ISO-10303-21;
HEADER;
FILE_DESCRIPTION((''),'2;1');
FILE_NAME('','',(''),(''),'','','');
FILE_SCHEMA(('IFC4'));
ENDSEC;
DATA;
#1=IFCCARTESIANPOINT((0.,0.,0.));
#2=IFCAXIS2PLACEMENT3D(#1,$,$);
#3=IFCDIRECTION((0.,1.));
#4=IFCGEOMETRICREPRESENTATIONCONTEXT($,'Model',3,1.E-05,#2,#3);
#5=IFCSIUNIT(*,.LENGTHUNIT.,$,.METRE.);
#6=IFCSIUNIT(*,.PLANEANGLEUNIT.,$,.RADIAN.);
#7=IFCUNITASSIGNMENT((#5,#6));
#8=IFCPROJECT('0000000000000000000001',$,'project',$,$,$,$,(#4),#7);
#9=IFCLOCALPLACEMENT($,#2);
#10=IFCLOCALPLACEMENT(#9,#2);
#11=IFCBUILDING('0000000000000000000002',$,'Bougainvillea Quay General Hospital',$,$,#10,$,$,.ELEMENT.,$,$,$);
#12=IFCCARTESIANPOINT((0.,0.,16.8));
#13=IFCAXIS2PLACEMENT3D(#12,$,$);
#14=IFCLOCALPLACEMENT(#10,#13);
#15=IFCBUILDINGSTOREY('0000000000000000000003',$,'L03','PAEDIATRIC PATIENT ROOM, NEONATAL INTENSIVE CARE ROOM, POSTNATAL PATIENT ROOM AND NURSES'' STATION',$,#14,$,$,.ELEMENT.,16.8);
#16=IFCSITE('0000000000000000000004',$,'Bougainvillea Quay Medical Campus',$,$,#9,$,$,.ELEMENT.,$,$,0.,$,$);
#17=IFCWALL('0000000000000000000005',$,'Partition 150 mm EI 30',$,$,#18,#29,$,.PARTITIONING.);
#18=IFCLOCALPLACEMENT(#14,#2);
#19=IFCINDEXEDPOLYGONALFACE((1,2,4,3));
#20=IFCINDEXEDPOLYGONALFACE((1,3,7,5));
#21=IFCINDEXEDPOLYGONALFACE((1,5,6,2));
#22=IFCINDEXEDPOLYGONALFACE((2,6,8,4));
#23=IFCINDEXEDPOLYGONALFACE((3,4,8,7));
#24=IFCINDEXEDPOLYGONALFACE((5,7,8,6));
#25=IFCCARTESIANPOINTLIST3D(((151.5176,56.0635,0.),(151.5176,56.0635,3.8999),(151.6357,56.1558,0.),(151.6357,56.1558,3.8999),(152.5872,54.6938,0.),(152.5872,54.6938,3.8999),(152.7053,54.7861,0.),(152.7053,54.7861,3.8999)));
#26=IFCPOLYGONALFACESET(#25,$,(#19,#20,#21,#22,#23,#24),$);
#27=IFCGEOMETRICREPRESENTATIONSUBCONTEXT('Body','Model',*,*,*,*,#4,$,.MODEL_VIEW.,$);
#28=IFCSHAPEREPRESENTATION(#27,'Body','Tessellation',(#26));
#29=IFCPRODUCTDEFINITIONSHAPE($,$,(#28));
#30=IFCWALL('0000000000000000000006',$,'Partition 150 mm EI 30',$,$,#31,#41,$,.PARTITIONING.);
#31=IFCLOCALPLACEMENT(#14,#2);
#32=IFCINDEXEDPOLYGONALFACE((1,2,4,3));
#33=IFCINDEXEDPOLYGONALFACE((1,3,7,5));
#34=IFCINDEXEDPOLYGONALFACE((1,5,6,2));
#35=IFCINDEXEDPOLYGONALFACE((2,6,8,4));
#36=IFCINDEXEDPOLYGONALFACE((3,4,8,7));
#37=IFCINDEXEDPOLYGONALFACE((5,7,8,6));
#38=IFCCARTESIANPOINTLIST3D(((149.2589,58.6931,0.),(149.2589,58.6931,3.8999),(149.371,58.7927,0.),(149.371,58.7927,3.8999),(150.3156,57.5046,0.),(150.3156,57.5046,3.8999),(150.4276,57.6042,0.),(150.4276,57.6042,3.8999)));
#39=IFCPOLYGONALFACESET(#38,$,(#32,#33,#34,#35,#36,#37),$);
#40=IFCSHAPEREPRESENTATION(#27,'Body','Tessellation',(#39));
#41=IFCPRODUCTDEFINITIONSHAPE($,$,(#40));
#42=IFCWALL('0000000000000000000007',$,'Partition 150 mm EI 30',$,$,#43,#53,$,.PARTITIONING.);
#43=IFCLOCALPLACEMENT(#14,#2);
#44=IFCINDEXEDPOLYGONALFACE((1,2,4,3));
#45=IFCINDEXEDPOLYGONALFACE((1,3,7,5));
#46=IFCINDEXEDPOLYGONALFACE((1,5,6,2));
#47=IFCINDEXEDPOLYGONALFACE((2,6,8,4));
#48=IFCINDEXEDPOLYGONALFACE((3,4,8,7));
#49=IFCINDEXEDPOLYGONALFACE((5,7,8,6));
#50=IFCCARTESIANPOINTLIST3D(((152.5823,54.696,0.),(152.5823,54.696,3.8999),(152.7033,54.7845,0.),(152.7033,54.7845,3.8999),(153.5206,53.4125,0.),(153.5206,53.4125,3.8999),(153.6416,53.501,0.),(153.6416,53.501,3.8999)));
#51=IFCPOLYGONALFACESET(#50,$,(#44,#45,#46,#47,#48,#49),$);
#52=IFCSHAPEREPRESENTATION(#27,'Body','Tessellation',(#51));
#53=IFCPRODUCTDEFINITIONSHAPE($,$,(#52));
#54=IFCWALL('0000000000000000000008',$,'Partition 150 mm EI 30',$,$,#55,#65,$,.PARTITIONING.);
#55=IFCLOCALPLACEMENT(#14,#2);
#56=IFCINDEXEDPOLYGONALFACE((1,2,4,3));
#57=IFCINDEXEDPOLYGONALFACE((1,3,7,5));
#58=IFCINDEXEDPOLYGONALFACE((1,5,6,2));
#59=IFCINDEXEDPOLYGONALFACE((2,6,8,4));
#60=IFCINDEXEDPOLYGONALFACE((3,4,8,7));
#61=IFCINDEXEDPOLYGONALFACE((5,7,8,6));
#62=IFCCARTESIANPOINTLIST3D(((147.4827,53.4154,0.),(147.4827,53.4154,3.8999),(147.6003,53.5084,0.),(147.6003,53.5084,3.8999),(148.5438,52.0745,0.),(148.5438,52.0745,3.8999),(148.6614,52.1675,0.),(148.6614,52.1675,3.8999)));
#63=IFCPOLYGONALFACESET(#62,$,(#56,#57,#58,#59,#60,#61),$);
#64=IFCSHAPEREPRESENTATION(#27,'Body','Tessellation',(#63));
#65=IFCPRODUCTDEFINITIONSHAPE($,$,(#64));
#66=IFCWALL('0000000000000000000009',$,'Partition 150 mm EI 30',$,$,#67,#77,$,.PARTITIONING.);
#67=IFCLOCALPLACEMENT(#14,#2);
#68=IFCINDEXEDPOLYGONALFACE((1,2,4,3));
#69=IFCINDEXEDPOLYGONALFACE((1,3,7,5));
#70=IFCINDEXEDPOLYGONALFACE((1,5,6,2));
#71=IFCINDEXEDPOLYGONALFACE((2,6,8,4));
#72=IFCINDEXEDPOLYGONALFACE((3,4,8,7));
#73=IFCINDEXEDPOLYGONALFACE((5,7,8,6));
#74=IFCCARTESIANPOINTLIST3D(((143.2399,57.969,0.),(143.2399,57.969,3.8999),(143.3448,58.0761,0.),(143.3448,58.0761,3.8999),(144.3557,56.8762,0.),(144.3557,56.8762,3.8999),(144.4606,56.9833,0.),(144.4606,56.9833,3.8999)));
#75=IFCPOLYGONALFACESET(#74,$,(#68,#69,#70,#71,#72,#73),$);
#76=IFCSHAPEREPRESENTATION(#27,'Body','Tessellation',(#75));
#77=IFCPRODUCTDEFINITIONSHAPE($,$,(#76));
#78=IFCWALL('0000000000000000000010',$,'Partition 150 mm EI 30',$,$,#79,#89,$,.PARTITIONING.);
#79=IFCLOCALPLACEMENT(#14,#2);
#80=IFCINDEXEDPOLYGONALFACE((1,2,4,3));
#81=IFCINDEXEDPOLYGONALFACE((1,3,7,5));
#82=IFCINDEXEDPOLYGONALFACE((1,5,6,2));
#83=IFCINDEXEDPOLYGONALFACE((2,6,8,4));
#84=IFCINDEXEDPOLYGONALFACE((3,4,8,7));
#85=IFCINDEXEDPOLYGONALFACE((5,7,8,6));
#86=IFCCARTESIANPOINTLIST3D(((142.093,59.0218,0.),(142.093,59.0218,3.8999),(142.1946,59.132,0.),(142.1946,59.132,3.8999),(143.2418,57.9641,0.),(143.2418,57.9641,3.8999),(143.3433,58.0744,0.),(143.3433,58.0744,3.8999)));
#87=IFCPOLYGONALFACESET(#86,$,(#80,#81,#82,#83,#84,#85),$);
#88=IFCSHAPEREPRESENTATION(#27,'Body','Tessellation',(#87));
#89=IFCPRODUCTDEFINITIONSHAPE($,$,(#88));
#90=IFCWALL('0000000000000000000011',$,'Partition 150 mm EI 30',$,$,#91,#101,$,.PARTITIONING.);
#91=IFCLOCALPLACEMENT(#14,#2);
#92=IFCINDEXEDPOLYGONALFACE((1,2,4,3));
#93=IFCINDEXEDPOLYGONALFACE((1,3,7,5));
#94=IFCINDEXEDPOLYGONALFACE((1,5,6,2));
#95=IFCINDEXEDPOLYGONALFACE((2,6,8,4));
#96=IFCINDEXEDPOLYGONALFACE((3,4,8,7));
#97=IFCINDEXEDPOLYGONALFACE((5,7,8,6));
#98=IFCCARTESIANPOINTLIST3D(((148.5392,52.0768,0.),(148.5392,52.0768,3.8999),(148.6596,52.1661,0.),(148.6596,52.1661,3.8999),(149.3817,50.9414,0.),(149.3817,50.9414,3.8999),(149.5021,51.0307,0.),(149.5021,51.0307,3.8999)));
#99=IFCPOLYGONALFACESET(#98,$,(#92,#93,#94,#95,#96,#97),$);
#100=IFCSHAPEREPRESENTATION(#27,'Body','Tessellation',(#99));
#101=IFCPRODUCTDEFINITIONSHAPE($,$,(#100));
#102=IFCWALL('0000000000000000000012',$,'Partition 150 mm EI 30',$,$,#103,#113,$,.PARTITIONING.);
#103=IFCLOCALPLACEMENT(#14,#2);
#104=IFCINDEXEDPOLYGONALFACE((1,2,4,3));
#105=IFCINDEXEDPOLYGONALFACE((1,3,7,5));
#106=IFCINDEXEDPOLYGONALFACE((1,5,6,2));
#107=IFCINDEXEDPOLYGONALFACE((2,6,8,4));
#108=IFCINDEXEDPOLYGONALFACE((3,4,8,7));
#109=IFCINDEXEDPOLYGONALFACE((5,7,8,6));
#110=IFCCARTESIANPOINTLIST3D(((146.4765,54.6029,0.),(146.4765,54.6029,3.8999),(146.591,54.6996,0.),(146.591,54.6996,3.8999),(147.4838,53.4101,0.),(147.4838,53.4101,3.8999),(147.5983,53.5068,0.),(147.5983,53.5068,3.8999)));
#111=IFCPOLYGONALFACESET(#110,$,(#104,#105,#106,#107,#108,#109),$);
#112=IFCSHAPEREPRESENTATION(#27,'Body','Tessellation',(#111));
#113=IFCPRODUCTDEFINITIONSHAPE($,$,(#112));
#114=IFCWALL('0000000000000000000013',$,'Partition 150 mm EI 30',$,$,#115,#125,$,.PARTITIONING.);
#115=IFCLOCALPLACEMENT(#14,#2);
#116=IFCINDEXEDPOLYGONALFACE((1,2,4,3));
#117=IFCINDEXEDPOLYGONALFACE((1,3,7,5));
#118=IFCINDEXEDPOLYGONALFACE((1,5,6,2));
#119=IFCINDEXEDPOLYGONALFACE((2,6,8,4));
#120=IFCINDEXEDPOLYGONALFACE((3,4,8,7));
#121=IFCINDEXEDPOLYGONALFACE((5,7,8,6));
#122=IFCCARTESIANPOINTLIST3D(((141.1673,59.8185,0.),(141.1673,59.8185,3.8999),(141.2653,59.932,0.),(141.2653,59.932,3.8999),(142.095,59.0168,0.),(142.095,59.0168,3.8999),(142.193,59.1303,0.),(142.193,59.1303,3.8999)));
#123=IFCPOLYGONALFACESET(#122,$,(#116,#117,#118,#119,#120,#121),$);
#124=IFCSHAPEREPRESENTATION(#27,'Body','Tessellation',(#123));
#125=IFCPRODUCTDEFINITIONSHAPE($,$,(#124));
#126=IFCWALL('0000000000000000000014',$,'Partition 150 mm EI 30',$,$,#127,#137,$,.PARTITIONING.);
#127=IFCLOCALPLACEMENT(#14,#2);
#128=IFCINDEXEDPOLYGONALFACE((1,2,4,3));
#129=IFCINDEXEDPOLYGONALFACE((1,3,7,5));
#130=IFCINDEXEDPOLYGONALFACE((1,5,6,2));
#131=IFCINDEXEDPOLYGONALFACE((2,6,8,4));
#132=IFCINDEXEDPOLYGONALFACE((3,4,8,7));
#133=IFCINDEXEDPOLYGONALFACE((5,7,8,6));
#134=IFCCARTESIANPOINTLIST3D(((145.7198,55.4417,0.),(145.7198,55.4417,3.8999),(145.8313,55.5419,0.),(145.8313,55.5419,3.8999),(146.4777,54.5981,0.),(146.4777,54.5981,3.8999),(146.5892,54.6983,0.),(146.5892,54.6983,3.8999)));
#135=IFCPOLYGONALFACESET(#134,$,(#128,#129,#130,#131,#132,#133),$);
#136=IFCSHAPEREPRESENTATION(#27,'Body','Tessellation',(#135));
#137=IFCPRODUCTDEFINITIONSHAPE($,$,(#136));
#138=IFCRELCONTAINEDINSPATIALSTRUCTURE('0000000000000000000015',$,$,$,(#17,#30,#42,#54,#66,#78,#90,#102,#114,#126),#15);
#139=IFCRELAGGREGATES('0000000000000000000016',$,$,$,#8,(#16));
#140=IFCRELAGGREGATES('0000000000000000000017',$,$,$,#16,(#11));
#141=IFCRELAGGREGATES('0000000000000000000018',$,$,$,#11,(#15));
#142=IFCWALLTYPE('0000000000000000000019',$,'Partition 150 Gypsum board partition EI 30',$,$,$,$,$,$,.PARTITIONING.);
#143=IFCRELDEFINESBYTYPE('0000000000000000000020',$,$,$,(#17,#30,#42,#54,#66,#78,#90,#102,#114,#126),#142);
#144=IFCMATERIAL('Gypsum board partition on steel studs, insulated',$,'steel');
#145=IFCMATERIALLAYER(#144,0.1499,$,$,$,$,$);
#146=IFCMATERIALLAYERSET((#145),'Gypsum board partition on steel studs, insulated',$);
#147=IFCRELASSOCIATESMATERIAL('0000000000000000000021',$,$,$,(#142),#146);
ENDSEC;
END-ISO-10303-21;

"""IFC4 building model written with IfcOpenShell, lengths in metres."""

from ifc_helpers import new_model, si_unit, direction, frame, frame_2d, origin, place, context, subcontext, project, spatial, rectangle, extrude, material, layer, layer_set, type_object, element, save


model = new_model("IFC4")

# Units and contexts
model_context = context("Model", 3, precision=1e-05, world=origin(), true_north=direction((0.0, 1.0)))
body_context = subcontext(model_context, "Body", "Model", "MODEL_VIEW")
ifc_project = project(units=[si_unit("LENGTHUNIT", "METRE"), si_unit("PLANEANGLEUNIT", "RADIAN")], contexts=[model_context])

# Site, building, storey
site_placement = place(None, origin())
site = spatial("IfcSite", under=ifc_project, at=site_placement, Name="Bougainvillea Quay Medical Campus", CompositionType="ELEMENT", RefElevation=0.0)
building_placement = place(site_placement, origin())
building = spatial("IfcBuilding", under=site, at=building_placement, Name="Bougainvillea Quay General Hospital", CompositionType="ELEMENT")
storey_placement = place(building_placement, frame((0.0, 0.0, 16.8)))
storey = spatial("IfcBuildingStorey", under=building, at=storey_placement, Name="L03", Description="PAEDIATRIC PATIENT ROOM, NEONATAL INTENSIVE CARE ROOM, POSTNATAL PATIENT ROOM AND NURSES' STATION", CompositionType="ELEMENT", Elevation=16.8)

# Shared definitions
ifc_material_1 = material(Name="Gypsum board partition on steel studs, insulated", Category="steel")
ifc_layer_1 = layer(ifc_material_1, 0.1499)
ifc_layer_set_1 = layer_set([ifc_layer_1], Name="Gypsum board partition on steel studs, insulated")
wall_type_1 = type_object("IfcWallType", Name="Partition 150 Gypsum board partition EI 30", PredefinedType="PARTITIONING", material=ifc_layer_set_1)

# Walls
wall_1_placement = place(storey_placement, frame((151.5767, 56.1096, 0.0), z_axis=(0.0, 0.0, 1.0), x_axis=(0.615486, -0.788148, 0.0)))
element("IfcWall", 1, at=wall_1_placement, inside=storey, type_object=wall_type_1, Name="Partition 150 mm EI 30", PredefinedType="PARTITIONING", context=body_context, shape_type="SweptSolid", body=[
    extrude(rectangle(XDim=1.7378, YDim=0.1499, at=frame_2d((0.8689, 0.0))), origin(), (0.0, 0.0, 1.0), 3.8999),
])
wall_2_placement = place(storey_placement, frame((149.3149, 58.7429, 0.0), z_axis=(0.0, 0.0, 1.0), x_axis=(0.66444, -0.747342, 0.0)))
element("IfcWall", 2, at=wall_2_placement, inside=storey, type_object=wall_type_1, Name="Partition 150 mm EI 30", PredefinedType="PARTITIONING", context=body_context, shape_type="SweptSolid", body=[
    extrude(rectangle(XDim=1.5903, YDim=0.1499, at=frame_2d((0.7952, 0.0))), origin(), (0.0, 0.0, 1.0), 3.8999),
])
wall_3_placement = place(storey_placement, frame((152.6428, 54.7402, 0.0), z_axis=(0.0, 0.0, 1.0), x_axis=(0.590151, -0.807293, 0.0)))
element("IfcWall", 3, at=wall_3_placement, inside=storey, type_object=wall_type_1, Name="Partition 150 mm EI 30", PredefinedType="PARTITIONING", context=body_context, shape_type="SweptSolid", body=[
    extrude(rectangle(XDim=1.5898, YDim=0.1499, at=frame_2d((0.7949, 0.0))), origin(), (0.0, 0.0, 1.0), 3.8999),
])
wall_4_placement = place(storey_placement, frame((147.5415, 53.4619, 0.0), z_axis=(0.0, 0.0, 1.0), x_axis=(0.620542, -0.784173, 0.0)))
element("IfcWall", 4, at=wall_4_placement, inside=storey, type_object=wall_type_1, Name="Partition 150 mm EI 30", PredefinedType="PARTITIONING", context=body_context, shape_type="SweptSolid", body=[
    extrude(rectangle(XDim=1.71, YDim=0.1499, at=frame_2d((0.855, 0.0))), origin(), (0.0, 0.0, 1.0), 3.8999),
])
wall_5_placement = place(storey_placement, frame((143.2925, 58.0225, 0.0), z_axis=(0.0, 0.0, 1.0), x_axis=(0.714416, -0.699721, 0.0)))
element("IfcWall", 5, at=wall_5_placement, inside=storey, type_object=wall_type_1, Name="Partition 150 mm EI 30", PredefinedType="PARTITIONING", context=body_context, shape_type="SweptSolid", body=[
    extrude(rectangle(XDim=1.5618, YDim=0.1499, at=frame_2d((0.7808, 0.0))), origin(), (0.0, 0.0, 1.0), 3.8999),
])
wall_6_placement = place(storey_placement, frame((142.1438, 59.0769, 0.0), z_axis=(0.0, 0.0, 1.0), x_axis=(0.735666, -0.677344, 0.0)))
element("IfcWall", 6, at=wall_6_placement, inside=storey, type_object=wall_type_1, Name="Partition 150 mm EI 30", PredefinedType="PARTITIONING", context=body_context, shape_type="SweptSolid", body=[
    extrude(rectangle(XDim=1.5615, YDim=0.1499, at=frame_2d((0.7808, 0.0))), origin(), (0.0, 0.0, 1.0), 3.8999),
])
wall_7_placement = place(storey_placement, frame((148.5994, 52.1216, 0.0), z_axis=(0.0, 0.0, 1.0), x_axis=(0.595876, -0.803077, 0.0)))
element("IfcWall", 7, at=wall_7_placement, inside=storey, type_object=wall_type_1, Name="Partition 150 mm EI 30", PredefinedType="PARTITIONING", context=body_context, shape_type="SweptSolid", body=[
    extrude(rectangle(XDim=1.4138, YDim=0.1499, at=frame_2d((0.707, 0.0))), origin(), (0.0, 0.0, 1.0), 3.8999),
])
wall_8_placement = place(storey_placement, frame((146.5337, 54.6514, 0.0), z_axis=(0.0, 0.0, 1.0), x_axis=(0.645185, -0.764026, 0.0)))
element("IfcWall", 8, at=wall_8_placement, inside=storey, type_object=wall_type_1, Name="Partition 150 mm EI 30", PredefinedType="PARTITIONING", context=body_context, shape_type="SweptSolid", body=[
    extrude(rectangle(XDim=1.5613, YDim=0.1499, at=frame_2d((0.7808, 0.0))), origin(), (0.0, 0.0, 1.0), 3.8999),
])
wall_9_placement = place(storey_placement, frame((141.2163, 59.8752, 0.0), z_axis=(0.0, 0.0, 1.0), x_axis=(0.756608, -0.653869, 0.0)))
element("IfcWall", 9, at=wall_9_placement, inside=storey, type_object=wall_type_1, Name="Partition 150 mm EI 30", PredefinedType="PARTITIONING", context=body_context, shape_type="SweptSolid", body=[
    extrude(rectangle(XDim=1.2261, YDim=0.1499, at=frame_2d((0.613, 0.0))), origin(), (0.0, 0.0, 1.0), 3.8999),
])
wall_10_placement = place(storey_placement, frame((145.7756, 55.4917, 0.0), z_axis=(0.0, 0.0, 1.0), x_axis=(0.66831, -0.743883, 0.0)))
element("IfcWall", 10, at=wall_10_placement, inside=storey, type_object=wall_type_1, Name="Partition 150 mm EI 30", PredefinedType="PARTITIONING", context=body_context, shape_type="SweptSolid", body=[
    extrude(rectangle(XDim=1.134, YDim=0.1499, at=frame_2d((0.5669, 0.0))), origin(), (0.0, 0.0, 1.0), 3.8999),
])

save(model, "model.ifc")
